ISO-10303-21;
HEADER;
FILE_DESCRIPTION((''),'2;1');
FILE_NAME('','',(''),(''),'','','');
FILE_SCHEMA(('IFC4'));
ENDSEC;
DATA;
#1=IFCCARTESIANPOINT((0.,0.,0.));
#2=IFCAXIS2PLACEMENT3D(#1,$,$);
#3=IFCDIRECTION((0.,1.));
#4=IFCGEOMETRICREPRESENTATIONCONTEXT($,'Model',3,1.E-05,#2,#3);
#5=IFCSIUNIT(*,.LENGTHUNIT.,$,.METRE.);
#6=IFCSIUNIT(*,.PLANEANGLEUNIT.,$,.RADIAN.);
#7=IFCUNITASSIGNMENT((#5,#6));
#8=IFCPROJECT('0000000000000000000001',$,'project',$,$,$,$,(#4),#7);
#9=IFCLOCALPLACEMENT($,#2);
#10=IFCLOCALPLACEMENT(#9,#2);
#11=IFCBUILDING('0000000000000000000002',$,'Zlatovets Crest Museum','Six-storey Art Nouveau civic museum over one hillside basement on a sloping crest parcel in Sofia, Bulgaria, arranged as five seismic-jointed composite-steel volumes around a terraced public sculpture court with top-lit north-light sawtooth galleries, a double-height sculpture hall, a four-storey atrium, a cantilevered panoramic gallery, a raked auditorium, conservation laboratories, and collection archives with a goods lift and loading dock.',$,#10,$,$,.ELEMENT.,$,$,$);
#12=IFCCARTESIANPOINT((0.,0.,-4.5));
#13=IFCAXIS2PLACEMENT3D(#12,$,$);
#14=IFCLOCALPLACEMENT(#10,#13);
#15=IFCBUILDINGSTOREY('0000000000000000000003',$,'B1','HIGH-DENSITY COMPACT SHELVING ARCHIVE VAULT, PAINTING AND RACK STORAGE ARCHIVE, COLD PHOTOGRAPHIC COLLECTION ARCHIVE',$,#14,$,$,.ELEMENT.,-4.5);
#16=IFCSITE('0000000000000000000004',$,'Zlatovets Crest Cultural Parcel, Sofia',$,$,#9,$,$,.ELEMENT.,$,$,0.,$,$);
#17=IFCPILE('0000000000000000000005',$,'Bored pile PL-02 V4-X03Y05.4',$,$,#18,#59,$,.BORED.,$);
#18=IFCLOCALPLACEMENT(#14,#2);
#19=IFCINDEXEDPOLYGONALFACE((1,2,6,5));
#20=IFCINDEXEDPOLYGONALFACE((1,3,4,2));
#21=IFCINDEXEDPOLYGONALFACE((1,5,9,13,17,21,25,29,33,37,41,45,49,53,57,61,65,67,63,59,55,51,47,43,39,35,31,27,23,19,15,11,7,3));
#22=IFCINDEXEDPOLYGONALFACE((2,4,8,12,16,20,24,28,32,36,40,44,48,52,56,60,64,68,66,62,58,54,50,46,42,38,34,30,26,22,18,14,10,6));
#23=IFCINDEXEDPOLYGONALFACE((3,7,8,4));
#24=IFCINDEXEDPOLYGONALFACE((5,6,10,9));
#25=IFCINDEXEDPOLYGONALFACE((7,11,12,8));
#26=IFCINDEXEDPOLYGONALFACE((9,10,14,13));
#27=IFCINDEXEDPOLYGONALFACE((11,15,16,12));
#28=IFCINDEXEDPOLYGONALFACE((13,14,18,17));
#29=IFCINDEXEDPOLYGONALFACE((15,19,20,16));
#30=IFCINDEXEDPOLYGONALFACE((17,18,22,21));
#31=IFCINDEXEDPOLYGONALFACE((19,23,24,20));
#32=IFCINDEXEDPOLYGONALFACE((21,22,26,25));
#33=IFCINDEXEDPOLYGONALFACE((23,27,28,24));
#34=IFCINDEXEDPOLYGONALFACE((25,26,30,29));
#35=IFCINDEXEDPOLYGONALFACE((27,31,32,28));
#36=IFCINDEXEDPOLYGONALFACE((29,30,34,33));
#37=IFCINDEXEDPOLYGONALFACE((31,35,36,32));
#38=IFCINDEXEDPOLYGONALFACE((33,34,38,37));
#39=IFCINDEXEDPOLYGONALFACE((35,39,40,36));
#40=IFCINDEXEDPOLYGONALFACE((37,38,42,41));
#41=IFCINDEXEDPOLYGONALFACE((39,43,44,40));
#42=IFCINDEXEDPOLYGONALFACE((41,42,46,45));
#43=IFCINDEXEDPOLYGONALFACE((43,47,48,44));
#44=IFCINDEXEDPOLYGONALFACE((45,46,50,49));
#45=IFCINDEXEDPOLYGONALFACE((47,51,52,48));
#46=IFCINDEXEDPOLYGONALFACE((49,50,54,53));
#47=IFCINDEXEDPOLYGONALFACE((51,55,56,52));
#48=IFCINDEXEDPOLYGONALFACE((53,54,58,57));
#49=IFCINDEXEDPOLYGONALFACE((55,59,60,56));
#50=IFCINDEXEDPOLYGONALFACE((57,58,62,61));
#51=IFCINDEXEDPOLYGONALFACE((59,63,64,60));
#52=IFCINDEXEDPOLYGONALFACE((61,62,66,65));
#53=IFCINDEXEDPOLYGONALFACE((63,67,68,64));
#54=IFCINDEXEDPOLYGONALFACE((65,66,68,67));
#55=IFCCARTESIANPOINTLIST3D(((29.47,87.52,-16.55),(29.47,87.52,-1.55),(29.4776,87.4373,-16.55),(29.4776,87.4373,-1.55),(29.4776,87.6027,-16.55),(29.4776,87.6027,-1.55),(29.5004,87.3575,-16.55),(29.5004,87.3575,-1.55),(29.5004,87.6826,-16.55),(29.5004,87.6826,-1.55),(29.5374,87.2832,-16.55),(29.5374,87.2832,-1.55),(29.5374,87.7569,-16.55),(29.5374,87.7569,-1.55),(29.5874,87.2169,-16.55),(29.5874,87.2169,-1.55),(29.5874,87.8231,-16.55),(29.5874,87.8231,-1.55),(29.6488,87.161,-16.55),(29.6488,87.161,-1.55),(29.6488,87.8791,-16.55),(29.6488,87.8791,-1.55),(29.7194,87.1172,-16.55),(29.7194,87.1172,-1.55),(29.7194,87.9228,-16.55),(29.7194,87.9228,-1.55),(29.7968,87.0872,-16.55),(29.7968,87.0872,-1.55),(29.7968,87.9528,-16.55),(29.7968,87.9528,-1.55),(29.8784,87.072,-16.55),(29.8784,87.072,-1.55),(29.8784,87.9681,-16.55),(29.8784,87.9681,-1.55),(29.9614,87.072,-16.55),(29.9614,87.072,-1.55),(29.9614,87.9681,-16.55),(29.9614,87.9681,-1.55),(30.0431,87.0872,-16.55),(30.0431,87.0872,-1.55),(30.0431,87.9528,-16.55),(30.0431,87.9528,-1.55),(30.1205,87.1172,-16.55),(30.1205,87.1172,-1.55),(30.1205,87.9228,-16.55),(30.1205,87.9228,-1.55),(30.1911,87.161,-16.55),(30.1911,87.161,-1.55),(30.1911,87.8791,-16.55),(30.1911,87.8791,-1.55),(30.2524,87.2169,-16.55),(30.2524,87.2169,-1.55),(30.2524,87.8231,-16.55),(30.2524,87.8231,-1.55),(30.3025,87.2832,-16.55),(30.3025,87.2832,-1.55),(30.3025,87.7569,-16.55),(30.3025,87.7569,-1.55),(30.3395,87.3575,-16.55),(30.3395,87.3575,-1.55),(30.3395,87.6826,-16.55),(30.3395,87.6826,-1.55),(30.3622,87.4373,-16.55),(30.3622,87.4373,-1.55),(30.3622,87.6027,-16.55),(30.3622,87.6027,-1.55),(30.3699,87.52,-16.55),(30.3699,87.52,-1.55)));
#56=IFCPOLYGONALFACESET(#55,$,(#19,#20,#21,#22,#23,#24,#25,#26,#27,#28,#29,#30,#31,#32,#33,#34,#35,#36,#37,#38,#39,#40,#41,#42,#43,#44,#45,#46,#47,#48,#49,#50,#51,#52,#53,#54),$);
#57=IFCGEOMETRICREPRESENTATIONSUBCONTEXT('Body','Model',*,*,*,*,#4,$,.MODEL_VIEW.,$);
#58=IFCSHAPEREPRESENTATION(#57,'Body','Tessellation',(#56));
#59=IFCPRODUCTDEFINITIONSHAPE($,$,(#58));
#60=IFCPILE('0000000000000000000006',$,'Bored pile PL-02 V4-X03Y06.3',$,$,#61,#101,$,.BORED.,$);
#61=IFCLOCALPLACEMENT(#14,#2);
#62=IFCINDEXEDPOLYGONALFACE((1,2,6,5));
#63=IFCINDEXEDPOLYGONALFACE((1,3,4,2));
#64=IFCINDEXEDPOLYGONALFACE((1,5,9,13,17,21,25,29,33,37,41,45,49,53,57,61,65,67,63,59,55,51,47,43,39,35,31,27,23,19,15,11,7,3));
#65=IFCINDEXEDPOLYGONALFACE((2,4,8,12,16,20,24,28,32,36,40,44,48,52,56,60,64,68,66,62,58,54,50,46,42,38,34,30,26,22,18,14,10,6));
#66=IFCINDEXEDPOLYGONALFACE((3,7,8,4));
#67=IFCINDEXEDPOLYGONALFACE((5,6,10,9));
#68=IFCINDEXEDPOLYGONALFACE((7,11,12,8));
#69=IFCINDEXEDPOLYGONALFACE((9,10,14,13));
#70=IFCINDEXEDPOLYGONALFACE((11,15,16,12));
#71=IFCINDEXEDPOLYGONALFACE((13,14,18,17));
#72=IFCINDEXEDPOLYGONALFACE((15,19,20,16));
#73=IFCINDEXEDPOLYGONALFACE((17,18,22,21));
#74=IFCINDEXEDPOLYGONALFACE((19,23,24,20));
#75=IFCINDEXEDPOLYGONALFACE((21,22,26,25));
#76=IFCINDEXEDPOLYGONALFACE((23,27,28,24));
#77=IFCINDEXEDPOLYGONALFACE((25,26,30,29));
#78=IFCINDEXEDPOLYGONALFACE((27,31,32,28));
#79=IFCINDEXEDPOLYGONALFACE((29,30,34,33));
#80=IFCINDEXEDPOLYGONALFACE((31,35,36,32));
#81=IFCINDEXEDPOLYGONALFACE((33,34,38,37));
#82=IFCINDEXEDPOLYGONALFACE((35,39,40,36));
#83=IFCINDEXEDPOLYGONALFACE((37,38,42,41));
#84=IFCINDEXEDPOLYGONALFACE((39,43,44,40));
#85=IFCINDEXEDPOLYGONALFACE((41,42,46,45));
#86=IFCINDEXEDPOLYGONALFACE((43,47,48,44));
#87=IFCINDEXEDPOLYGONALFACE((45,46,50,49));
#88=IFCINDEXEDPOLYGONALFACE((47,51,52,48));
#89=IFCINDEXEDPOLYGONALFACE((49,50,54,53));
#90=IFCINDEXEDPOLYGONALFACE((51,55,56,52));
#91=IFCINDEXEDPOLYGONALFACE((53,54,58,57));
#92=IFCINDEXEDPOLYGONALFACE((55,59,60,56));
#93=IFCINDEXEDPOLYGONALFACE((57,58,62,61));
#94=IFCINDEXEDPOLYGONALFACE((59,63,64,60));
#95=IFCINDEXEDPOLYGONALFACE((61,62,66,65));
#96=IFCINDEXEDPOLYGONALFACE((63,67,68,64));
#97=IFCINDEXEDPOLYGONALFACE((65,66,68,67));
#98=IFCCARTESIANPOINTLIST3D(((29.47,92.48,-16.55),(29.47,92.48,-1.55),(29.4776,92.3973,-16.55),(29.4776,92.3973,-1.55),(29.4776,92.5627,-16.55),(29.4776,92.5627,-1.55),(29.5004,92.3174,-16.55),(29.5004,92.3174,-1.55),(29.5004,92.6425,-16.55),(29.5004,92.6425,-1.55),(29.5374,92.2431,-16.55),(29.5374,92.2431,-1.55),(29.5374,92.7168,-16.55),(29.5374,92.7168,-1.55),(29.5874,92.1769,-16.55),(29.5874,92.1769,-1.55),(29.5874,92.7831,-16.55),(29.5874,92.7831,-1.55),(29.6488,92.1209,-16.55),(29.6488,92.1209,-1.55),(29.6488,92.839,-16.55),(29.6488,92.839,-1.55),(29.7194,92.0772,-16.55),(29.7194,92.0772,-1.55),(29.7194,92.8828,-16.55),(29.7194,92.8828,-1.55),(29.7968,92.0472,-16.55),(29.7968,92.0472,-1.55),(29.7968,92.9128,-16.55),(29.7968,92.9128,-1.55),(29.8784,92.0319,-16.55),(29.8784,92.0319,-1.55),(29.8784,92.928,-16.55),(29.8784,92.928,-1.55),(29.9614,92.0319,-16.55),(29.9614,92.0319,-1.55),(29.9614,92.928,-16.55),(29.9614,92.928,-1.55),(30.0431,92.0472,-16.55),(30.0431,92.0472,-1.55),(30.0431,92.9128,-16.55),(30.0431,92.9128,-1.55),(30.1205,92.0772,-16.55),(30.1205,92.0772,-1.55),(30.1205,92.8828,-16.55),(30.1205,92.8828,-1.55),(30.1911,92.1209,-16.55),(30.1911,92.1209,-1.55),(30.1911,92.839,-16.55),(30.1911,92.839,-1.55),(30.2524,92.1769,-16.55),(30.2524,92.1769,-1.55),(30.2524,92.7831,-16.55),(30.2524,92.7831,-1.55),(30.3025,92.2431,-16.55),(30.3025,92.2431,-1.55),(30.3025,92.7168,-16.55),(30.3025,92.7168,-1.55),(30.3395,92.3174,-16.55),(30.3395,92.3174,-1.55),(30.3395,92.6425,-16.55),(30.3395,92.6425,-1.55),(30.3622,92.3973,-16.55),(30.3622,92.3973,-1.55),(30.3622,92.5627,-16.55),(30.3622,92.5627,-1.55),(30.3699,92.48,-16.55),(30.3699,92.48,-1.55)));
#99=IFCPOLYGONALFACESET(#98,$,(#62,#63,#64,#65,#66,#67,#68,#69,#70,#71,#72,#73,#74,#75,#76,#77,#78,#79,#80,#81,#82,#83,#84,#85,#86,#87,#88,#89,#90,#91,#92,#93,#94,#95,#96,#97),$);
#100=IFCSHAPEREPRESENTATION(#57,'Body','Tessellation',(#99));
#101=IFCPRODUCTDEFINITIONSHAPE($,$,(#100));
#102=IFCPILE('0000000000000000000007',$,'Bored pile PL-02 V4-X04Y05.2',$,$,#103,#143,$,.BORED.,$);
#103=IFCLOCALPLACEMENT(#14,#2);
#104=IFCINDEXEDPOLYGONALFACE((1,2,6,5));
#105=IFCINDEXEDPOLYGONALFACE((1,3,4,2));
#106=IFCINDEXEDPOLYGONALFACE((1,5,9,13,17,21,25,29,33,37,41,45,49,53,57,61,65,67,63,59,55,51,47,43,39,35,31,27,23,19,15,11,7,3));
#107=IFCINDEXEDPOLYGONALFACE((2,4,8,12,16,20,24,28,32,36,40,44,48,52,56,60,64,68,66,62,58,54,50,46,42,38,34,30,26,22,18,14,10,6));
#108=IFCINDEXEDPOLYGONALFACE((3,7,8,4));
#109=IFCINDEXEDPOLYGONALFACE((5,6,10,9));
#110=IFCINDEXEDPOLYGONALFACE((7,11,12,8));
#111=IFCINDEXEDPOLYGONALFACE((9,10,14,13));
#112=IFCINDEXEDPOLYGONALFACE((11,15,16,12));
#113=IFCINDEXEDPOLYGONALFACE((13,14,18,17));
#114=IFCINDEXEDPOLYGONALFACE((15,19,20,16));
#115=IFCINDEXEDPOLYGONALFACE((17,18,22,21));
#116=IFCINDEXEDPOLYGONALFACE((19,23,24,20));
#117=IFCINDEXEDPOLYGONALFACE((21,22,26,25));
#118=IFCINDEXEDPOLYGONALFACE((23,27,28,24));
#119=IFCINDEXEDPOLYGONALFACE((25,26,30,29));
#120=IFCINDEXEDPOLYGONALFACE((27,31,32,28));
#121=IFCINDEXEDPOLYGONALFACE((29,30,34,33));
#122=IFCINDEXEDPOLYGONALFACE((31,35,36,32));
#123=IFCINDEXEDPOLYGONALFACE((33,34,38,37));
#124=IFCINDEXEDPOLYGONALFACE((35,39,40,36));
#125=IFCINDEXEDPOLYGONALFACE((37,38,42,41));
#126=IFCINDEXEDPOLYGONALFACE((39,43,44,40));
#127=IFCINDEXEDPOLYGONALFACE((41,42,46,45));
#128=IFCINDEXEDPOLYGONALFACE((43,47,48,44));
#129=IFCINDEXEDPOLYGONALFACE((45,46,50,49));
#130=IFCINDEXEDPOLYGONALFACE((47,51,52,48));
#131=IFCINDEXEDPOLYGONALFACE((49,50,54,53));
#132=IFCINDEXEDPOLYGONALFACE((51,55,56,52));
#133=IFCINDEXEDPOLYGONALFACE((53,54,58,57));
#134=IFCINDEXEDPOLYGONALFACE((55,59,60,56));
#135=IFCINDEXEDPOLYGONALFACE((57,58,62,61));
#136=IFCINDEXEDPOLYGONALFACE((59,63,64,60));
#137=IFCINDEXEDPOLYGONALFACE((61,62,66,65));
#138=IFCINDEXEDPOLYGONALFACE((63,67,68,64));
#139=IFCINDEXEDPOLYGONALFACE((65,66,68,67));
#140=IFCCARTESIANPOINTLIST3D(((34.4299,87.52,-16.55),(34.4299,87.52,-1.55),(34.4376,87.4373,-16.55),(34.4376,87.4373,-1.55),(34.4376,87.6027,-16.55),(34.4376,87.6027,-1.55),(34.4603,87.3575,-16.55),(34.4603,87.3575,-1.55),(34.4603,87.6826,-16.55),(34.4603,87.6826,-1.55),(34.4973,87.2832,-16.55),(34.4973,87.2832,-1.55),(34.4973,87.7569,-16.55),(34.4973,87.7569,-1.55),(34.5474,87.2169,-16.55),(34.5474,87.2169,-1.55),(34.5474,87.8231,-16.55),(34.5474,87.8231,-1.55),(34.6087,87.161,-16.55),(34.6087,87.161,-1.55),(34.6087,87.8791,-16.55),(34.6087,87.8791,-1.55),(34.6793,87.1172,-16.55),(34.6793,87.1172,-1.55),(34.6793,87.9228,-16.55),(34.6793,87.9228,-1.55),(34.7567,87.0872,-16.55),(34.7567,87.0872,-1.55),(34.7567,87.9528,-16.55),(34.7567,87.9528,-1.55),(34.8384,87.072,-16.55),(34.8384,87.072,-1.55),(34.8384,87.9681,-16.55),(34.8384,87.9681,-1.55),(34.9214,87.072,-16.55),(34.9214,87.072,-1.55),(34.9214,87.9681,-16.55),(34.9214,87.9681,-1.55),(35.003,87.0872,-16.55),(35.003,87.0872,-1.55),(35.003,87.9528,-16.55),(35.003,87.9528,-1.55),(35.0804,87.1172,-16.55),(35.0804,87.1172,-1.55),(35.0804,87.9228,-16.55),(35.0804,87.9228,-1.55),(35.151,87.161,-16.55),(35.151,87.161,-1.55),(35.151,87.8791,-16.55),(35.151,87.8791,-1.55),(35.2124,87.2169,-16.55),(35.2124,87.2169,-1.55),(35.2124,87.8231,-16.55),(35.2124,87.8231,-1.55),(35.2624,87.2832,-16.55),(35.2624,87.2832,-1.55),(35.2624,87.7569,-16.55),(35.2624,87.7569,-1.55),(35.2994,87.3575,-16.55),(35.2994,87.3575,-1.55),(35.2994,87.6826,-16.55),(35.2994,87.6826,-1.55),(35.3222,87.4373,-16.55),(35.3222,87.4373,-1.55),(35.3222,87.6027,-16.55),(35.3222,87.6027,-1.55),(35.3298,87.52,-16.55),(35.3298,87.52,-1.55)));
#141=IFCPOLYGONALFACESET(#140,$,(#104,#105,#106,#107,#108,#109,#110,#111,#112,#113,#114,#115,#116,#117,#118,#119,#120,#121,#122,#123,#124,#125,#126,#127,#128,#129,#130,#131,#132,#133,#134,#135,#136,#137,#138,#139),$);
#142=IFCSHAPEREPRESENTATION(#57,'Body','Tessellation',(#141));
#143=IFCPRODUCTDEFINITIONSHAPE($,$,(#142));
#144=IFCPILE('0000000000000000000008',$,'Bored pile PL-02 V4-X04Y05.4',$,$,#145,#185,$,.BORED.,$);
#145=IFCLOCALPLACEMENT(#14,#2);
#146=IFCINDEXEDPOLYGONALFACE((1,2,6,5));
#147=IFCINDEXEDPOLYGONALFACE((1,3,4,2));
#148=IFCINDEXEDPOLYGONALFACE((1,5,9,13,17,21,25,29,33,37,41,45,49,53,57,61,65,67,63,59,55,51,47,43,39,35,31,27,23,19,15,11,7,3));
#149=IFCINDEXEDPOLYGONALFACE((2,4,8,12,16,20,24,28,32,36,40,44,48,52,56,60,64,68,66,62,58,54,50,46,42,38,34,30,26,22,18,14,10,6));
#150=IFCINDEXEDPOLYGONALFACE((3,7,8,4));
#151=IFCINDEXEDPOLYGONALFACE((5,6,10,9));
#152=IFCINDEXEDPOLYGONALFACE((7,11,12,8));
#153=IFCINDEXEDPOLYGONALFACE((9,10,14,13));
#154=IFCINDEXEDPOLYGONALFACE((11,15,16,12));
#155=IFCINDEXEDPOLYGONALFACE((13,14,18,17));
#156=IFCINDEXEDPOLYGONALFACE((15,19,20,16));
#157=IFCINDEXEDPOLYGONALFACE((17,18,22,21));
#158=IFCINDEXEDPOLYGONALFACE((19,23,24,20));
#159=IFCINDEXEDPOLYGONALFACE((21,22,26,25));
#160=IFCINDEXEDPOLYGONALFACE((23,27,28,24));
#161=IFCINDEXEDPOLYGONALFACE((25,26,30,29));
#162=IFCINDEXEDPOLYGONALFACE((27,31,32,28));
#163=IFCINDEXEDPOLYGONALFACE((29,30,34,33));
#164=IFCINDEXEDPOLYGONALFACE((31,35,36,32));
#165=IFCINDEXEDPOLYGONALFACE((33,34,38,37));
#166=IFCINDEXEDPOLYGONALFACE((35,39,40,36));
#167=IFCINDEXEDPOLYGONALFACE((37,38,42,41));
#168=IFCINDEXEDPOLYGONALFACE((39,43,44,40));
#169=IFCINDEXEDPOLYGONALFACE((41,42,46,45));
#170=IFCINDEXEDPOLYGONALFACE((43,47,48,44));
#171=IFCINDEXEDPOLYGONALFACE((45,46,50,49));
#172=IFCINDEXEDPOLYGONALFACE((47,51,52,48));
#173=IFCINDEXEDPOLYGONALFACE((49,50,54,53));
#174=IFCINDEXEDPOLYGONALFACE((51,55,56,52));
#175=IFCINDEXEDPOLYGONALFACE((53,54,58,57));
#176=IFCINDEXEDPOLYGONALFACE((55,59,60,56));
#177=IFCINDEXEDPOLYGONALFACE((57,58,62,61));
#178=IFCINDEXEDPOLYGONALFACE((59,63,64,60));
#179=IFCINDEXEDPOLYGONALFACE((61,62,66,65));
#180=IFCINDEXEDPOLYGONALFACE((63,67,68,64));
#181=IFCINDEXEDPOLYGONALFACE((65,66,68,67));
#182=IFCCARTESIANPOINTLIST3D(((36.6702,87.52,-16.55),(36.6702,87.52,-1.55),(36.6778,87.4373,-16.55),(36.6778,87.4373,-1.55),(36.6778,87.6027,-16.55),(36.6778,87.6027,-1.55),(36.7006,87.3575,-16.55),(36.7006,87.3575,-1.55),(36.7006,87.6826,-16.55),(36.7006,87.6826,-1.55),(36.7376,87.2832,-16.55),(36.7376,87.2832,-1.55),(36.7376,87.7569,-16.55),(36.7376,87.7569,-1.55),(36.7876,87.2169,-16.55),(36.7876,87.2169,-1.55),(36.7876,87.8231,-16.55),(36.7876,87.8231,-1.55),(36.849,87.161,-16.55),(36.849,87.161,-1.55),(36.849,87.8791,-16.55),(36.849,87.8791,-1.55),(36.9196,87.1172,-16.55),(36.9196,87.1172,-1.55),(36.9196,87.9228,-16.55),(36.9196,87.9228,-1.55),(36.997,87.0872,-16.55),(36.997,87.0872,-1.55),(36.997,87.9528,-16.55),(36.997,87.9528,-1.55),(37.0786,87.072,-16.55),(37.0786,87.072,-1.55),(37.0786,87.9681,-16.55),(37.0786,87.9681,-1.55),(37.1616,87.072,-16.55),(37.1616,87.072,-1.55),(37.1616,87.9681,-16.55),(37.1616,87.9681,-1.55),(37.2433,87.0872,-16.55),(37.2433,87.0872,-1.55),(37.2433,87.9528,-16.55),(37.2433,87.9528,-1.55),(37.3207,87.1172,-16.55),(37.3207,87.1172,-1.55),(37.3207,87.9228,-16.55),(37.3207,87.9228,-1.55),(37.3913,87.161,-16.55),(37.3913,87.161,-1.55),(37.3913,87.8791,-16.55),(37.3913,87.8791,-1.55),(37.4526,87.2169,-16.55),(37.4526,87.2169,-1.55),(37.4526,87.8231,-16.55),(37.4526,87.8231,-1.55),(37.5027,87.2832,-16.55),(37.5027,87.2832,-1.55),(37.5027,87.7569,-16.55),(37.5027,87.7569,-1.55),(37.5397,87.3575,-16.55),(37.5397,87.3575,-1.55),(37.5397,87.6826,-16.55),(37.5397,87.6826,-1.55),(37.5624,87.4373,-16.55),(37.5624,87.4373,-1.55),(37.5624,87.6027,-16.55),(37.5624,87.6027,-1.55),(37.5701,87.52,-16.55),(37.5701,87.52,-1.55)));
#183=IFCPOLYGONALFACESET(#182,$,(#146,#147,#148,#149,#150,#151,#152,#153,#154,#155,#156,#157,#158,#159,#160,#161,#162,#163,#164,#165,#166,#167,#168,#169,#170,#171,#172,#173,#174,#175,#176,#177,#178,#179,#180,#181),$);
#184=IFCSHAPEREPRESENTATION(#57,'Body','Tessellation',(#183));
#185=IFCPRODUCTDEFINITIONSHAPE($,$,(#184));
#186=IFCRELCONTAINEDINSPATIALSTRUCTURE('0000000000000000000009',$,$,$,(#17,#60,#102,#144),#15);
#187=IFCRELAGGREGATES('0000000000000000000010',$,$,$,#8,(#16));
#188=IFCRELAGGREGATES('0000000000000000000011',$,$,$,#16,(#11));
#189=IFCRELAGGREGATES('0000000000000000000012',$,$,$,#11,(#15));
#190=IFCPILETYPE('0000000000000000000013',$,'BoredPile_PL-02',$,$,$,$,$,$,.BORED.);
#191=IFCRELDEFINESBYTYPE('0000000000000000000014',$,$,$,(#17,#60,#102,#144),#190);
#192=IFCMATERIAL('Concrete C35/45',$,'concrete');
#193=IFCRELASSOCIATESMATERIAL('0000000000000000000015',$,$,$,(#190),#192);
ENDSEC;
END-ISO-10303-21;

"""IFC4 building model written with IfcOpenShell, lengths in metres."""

from ifc_helpers import new_model, si_unit, direction, frame, origin, origin_2d, place, context, subcontext, project, spatial, circle, extrude, material, material_profile, profile_set, type_object, element, save


model = new_model("IFC4")

# Units and contexts
model_context = context("Model", 3, precision=1e-05, world=origin(), true_north=direction((0.0, 1.0)))
body_context = subcontext(model_context, "Body", "Model", "MODEL_VIEW")
ifc_project = project(units=[si_unit("LENGTHUNIT", "METRE"), si_unit("PLANEANGLEUNIT", "RADIAN")], contexts=[model_context])

# Site, building, storey
site_placement = place(None, origin())
site = spatial("IfcSite", under=ifc_project, at=site_placement, Name="Zlatovets Crest Cultural Parcel, Sofia", CompositionType="ELEMENT", RefElevation=0.0)
building_placement = place(site_placement, origin())
building = spatial("IfcBuilding", under=site, at=building_placement, Name="Zlatovets Crest Museum", Description="Six-storey Art Nouveau civic museum over one hillside basement on a sloping crest parcel in Sofia, Bulgaria, arranged as five seismic-jointed composite-steel volumes around a terraced public sculpture court with top-lit north-light sawtooth galleries, a double-height sculpture hall, a four-storey atrium, a cantilevered panoramic gallery, a raked auditorium, conservation laboratories, and collection archives with a goods lift and loading dock.", CompositionType="ELEMENT")
storey_placement = place(building_placement, frame((0.0, 0.0, -4.5)))
storey = spatial("IfcBuildingStorey", under=building, at=storey_placement, Name="B1", Description="HIGH-DENSITY COMPACT SHELVING ARCHIVE VAULT, PAINTING AND RACK STORAGE ARCHIVE, COLD PHOTOGRAPHIC COLLECTION ARCHIVE", CompositionType="ELEMENT", Elevation=-4.5)

# Piles
ifc_material_1 = material(Name="Concrete C35/45", Category="concrete")
ifc_material_profile_1 = material_profile(ifc_material_1, circle(Radius=0.45, at=origin_2d()), Name="PILE D900")
ifc_profile_set_1 = profile_set([ifc_material_profile_1], Name="Concrete C35/45")
pile_type_1 = type_object("IfcPileType", Name="BoredPile_PL-02", PredefinedType="BORED", material=ifc_profile_set_1)
for number, where, z_axis, x_axis, name in (
    (1, (29.9199, 87.52, -1.55), (0.0, 0.0, -1.0), (1.0, 0.0, 0.0), "Bored pile PL-02 V4-X03Y05.4"),
    (2, (29.9199, 92.48, -1.55), (0.0, 0.0, -1.0), (1.0, 0.0, 0.0), "Bored pile PL-02 V4-X03Y06.3"),
    (3, (34.8799, 87.52, -1.55), (0.0, 0.0, -1.0), (1.0, 0.0, 0.0), "Bored pile PL-02 V4-X04Y05.2"),
    (4, (37.1201, 87.52, -1.55), (0.0, 0.0, -1.0), (1.0, 0.0, 0.0), "Bored pile PL-02 V4-X04Y05.4"),
):
    element("IfcPile", number, at=place(storey_placement, frame(where, z_axis=z_axis, x_axis=x_axis)), inside=storey, type_object=pile_type_1, Name=name, PredefinedType="BORED", context=body_context, shape_type="SweptSolid", body=[
        extrude(circle(Radius=0.45, at=origin_2d()), origin(), (0.0, 0.0, 1.0), 15.0),
    ])

save(model, "model.ifc")
